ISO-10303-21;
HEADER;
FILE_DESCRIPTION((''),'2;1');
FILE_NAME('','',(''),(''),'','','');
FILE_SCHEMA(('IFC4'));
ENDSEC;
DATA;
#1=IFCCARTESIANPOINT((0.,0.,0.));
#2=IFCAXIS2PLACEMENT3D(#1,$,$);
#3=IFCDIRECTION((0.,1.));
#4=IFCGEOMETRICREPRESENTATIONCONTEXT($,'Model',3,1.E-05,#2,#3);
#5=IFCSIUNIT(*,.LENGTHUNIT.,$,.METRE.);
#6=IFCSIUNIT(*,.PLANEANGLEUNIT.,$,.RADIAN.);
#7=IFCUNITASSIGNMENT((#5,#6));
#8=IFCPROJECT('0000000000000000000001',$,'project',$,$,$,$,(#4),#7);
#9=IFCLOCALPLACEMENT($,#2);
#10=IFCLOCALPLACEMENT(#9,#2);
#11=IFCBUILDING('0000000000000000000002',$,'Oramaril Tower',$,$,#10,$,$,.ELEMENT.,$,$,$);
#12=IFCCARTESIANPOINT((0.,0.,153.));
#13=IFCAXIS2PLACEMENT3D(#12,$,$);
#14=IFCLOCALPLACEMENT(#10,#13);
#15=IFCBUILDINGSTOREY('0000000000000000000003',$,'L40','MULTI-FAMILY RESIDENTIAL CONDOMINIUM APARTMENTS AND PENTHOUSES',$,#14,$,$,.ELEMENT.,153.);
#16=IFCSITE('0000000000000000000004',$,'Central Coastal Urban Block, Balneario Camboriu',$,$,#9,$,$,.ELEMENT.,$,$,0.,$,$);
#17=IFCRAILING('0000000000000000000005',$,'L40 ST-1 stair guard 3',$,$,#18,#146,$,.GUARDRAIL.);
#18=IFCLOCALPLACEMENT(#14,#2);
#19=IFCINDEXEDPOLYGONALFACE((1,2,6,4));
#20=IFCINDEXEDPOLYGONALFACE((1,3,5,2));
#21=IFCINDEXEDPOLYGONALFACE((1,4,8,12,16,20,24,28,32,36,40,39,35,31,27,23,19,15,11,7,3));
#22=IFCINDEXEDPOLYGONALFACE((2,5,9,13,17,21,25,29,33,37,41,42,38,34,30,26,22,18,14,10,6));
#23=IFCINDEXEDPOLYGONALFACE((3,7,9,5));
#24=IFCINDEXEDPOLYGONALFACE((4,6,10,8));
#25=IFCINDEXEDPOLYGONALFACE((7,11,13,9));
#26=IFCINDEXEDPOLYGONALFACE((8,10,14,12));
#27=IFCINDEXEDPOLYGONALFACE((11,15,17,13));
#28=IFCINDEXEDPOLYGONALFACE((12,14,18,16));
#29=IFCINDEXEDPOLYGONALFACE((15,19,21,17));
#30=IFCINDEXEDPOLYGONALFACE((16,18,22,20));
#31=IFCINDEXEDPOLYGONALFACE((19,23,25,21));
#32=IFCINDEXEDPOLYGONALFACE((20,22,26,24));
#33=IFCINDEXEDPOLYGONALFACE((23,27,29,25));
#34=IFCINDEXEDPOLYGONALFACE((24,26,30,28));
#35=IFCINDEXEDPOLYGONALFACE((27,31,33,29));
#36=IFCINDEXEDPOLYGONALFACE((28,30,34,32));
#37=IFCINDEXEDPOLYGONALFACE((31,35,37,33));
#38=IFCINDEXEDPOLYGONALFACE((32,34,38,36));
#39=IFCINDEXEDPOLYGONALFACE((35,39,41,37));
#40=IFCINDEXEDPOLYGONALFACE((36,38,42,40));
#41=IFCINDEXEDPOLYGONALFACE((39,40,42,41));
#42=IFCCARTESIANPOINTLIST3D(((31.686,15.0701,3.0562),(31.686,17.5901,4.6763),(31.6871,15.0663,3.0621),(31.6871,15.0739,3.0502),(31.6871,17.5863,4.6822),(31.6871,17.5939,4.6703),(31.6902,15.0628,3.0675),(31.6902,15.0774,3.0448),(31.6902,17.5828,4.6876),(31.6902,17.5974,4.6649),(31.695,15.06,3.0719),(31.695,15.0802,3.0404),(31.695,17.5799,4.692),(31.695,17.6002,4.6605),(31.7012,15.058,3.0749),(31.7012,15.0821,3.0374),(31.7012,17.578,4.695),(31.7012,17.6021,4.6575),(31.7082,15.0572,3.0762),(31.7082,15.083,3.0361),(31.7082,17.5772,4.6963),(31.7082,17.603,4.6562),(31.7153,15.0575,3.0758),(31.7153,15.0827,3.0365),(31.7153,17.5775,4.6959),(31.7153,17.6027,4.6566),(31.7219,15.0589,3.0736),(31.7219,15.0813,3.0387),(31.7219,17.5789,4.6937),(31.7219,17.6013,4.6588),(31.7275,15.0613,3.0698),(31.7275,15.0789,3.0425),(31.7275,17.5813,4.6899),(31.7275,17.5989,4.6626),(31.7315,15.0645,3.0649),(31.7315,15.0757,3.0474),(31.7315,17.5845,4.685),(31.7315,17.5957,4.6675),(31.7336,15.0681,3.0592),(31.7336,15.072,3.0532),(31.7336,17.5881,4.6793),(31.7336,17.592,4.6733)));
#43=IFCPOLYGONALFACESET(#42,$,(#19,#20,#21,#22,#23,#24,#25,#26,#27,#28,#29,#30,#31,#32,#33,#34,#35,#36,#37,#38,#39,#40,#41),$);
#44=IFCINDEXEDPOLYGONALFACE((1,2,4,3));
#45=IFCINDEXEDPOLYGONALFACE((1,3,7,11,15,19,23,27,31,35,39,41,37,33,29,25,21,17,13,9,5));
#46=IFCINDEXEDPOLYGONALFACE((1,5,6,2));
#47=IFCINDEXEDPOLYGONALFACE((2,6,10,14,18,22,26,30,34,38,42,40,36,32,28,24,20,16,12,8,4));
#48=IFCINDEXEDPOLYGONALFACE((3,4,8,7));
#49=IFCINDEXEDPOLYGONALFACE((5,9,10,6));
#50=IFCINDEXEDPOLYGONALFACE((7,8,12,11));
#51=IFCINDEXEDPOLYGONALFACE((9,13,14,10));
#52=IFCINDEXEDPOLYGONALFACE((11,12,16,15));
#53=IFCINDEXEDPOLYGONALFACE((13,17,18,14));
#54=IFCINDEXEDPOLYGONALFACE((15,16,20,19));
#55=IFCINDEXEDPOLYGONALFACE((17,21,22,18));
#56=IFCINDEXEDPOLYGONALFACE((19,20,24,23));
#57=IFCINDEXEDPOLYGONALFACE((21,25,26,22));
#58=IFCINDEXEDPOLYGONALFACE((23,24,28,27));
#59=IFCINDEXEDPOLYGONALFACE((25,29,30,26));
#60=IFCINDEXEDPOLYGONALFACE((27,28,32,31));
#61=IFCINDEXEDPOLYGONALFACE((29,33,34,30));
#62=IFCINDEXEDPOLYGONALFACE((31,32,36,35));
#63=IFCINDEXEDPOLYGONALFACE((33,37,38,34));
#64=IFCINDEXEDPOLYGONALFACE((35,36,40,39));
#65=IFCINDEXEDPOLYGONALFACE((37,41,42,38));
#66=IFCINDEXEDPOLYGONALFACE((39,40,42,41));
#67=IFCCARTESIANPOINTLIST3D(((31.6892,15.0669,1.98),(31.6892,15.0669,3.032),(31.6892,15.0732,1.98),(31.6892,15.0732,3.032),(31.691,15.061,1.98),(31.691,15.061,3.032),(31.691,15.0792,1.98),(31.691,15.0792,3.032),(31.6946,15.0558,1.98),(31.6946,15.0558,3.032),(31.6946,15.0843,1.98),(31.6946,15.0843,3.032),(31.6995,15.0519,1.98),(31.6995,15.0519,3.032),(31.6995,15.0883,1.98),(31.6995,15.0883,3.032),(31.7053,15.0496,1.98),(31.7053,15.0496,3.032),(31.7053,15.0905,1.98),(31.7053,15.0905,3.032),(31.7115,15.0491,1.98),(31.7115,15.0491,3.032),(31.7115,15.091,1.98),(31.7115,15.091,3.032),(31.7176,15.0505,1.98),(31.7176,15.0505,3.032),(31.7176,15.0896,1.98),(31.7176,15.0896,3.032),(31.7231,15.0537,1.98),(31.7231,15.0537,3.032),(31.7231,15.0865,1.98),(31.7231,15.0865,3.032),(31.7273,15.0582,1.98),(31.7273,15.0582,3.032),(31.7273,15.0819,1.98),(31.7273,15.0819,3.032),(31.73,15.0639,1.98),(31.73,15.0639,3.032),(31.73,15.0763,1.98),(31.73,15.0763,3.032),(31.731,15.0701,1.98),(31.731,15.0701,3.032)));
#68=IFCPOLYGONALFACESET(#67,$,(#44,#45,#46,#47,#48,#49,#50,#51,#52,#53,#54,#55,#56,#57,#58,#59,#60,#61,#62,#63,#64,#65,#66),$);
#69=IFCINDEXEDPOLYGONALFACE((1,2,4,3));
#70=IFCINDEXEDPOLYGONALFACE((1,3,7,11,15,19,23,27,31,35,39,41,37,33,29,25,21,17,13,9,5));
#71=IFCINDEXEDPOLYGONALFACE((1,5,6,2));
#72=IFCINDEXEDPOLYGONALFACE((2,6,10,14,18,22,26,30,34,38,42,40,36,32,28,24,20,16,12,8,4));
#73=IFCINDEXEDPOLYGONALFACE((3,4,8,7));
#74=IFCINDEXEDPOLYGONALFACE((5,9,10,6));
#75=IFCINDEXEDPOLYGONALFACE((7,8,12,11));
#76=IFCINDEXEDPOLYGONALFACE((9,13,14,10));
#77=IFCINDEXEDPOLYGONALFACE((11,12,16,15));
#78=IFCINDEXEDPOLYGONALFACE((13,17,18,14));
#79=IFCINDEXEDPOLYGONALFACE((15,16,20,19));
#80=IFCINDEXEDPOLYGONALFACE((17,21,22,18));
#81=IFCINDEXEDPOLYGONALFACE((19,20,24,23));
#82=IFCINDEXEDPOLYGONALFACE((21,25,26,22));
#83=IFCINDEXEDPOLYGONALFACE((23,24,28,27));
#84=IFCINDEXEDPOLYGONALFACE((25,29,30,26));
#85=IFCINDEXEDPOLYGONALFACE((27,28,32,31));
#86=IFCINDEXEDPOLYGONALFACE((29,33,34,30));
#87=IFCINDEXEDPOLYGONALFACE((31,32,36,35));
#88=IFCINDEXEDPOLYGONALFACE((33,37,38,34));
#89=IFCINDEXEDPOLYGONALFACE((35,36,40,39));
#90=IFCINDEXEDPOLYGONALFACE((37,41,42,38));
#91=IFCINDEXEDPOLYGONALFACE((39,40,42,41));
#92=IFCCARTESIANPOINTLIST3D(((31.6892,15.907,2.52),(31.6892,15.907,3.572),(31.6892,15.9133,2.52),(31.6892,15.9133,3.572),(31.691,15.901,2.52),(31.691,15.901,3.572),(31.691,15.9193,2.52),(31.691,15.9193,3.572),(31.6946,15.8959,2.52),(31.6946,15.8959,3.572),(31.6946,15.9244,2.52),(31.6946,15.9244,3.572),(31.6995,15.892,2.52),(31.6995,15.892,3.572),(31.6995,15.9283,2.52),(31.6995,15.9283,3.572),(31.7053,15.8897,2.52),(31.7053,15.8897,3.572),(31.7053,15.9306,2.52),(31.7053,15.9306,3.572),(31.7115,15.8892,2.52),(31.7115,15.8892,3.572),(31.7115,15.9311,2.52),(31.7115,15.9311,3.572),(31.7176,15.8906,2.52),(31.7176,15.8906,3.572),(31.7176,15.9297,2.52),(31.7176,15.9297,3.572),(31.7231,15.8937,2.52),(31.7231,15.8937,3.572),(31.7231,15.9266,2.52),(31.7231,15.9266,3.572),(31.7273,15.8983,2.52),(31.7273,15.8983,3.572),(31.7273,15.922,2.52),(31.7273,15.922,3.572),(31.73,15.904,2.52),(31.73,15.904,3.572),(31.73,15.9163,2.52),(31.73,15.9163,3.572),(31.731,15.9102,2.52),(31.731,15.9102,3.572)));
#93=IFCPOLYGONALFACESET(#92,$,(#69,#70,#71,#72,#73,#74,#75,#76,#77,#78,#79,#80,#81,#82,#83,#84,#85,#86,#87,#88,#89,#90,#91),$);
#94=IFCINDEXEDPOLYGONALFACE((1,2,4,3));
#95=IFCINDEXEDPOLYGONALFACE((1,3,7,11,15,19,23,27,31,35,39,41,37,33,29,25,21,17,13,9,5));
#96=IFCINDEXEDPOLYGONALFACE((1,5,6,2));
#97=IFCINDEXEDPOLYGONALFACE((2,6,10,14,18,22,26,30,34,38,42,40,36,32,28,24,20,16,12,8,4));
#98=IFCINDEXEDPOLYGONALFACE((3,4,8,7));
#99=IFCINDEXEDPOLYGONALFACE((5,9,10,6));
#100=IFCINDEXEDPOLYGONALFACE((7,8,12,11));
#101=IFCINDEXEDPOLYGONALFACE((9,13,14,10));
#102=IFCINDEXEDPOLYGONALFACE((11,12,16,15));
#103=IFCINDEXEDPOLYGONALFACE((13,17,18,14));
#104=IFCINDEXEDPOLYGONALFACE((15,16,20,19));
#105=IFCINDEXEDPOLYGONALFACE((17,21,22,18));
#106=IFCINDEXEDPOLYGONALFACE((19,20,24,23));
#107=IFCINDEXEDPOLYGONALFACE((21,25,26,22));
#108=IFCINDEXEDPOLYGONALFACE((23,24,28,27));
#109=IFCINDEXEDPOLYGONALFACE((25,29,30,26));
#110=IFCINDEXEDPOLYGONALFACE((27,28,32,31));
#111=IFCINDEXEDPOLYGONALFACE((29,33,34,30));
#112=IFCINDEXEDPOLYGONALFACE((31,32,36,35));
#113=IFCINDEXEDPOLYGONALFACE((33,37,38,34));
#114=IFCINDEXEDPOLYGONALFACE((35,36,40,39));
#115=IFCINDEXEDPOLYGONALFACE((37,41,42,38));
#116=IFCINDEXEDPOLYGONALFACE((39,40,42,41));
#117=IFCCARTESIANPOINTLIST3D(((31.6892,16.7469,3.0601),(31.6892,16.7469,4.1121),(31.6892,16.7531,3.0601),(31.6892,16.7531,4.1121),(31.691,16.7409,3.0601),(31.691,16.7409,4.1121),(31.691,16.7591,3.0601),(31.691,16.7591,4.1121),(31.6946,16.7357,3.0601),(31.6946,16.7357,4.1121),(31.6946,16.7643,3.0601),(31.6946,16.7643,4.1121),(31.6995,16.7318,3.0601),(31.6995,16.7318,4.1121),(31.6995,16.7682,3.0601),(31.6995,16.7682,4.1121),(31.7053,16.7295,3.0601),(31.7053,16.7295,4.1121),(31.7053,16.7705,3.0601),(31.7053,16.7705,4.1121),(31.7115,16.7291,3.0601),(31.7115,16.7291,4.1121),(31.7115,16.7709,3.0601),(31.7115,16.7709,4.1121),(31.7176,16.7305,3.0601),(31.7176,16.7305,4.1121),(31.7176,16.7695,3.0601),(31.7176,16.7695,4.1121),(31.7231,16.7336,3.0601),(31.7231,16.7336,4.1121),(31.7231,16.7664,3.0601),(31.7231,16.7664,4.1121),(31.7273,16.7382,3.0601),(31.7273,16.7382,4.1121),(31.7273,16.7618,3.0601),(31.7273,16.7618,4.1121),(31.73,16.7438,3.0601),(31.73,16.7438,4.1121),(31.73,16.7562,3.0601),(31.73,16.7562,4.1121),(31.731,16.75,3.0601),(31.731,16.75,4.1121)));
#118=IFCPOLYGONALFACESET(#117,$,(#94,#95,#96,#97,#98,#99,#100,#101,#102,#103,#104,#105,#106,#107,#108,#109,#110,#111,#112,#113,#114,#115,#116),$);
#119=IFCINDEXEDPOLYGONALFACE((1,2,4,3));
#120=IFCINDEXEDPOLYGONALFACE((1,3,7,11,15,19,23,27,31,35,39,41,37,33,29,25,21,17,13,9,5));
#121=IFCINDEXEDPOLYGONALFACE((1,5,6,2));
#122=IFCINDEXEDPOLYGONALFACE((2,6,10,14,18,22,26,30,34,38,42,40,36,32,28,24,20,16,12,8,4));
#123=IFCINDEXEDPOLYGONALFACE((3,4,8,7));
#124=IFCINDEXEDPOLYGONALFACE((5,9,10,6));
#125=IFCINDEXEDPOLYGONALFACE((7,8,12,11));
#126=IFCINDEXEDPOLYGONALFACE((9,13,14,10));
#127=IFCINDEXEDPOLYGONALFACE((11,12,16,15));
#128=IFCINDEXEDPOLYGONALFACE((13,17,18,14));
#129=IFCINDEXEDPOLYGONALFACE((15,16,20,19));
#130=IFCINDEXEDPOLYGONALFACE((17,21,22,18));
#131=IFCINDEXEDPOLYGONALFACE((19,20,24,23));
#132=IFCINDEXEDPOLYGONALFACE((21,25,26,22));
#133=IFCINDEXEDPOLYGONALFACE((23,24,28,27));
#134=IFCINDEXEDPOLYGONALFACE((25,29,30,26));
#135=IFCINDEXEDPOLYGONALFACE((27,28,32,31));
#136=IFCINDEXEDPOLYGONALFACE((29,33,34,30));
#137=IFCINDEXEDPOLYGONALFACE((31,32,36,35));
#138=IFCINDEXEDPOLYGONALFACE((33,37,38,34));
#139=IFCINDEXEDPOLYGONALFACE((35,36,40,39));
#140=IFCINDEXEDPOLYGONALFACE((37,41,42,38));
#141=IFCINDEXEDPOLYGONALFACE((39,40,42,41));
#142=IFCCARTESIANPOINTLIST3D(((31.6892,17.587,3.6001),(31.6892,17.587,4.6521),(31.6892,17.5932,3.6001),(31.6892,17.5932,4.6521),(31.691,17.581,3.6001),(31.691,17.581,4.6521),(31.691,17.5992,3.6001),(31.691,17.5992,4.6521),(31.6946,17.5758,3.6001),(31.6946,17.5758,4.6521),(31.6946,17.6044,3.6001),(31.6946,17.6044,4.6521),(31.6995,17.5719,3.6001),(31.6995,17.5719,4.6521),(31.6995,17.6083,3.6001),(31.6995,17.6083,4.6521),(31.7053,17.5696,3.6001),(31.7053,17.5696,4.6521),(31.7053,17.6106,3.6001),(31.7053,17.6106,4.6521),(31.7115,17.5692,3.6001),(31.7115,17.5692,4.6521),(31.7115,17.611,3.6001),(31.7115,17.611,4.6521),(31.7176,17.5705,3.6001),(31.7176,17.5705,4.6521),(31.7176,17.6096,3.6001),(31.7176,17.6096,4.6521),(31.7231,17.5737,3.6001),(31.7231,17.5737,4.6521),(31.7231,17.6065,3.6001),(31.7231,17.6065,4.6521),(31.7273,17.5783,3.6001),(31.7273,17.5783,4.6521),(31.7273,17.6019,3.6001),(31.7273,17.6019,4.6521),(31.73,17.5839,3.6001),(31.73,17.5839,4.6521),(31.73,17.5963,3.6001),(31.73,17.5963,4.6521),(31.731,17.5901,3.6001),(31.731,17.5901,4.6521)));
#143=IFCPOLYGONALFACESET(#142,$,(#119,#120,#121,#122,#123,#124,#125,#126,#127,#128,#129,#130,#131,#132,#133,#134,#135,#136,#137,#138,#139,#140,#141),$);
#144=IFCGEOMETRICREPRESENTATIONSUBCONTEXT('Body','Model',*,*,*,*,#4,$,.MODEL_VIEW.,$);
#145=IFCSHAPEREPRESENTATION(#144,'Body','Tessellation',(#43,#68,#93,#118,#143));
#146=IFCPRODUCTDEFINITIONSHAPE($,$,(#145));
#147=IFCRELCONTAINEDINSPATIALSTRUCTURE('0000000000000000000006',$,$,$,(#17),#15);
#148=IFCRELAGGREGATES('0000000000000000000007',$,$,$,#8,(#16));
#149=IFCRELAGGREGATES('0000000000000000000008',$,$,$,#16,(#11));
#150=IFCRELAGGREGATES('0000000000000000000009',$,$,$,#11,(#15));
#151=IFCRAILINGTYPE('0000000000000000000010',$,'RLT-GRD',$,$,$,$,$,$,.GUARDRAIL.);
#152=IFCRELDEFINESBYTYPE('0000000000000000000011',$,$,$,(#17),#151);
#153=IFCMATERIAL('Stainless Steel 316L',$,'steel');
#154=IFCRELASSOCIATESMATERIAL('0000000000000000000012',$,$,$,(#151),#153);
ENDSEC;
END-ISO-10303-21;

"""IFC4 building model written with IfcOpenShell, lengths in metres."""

from ifc_helpers import new_model, si_unit, direction, frame, origin, origin_2d, place, context, subcontext, project, spatial, circle, extrude, material, type_object, element, save


model = new_model("IFC4")

# Units and contexts
model_context = context("Model", 3, precision=1e-05, world=origin(), true_north=direction((0.0, 1.0)))
body_context = subcontext(model_context, "Body", "Model", "MODEL_VIEW")
ifc_project = project(units=[si_unit("LENGTHUNIT", "METRE"), si_unit("PLANEANGLEUNIT", "RADIAN")], contexts=[model_context])

# Site, building, storey
site_placement = place(None, origin())
site = spatial("IfcSite", under=ifc_project, at=site_placement, Name="Central Coastal Urban Block, Balneario Camboriu", CompositionType="ELEMENT", RefElevation=0.0)
building_placement = place(site_placement, origin())
building = spatial("IfcBuilding", under=site, at=building_placement, Name="Oramaril Tower", CompositionType="ELEMENT")
storey_placement = place(building_placement, frame((0.0, 0.0, 153.0)))
storey = spatial("IfcBuildingStorey", under=building, at=storey_placement, Name="L40", Description="MULTI-FAMILY RESIDENTIAL CONDOMINIUM APARTMENTS AND PENTHOUSES", CompositionType="ELEMENT", Elevation=153.0)

# Railing
ifc_material_1 = material(Name="Stainless Steel 316L", Category="steel")
railing_type_1 = type_object("IfcRailingType", Name="RLT-GRD", PredefinedType="GUARDRAIL", material=ifc_material_1)
railing_1_placement = place(storey_placement, frame((31.71, 15.0701, 1.98)))
element("IfcRailing", 1, at=railing_1_placement, inside=storey, type_object=railing_type_1, Name="L40 ST-1 stair guard 3", PredefinedType="GUARDRAIL", context=body_context, shape_type="SweptSolid", body=[
    extrude(circle(Radius=0.0239, at=origin_2d()), frame((0.0, 0.0, 1.0762), z_axis=(0.0, 0.841163, 0.540782), x_axis=(-1.0, 0.0, 0.0)), (0.0, 0.0, 1.0), 2.9958),
    extrude(circle(Radius=0.021, at=origin_2d()), origin(), (0.0, 0.0, 1.0), 1.052),
    extrude(circle(Radius=0.021, at=origin_2d()), frame((0.0, 0.8401, 0.54)), (0.0, 0.0, 1.0), 1.052),
    extrude(circle(Radius=0.021, at=origin_2d()), frame((0.0, 1.6799, 1.0801)), (0.0, 0.0, 1.0), 1.052),
    extrude(circle(Radius=0.021, at=origin_2d()), frame((0.0, 2.52, 1.6201)), (0.0, 0.0, 1.0), 1.052),
])

save(model, "model.ifc")
